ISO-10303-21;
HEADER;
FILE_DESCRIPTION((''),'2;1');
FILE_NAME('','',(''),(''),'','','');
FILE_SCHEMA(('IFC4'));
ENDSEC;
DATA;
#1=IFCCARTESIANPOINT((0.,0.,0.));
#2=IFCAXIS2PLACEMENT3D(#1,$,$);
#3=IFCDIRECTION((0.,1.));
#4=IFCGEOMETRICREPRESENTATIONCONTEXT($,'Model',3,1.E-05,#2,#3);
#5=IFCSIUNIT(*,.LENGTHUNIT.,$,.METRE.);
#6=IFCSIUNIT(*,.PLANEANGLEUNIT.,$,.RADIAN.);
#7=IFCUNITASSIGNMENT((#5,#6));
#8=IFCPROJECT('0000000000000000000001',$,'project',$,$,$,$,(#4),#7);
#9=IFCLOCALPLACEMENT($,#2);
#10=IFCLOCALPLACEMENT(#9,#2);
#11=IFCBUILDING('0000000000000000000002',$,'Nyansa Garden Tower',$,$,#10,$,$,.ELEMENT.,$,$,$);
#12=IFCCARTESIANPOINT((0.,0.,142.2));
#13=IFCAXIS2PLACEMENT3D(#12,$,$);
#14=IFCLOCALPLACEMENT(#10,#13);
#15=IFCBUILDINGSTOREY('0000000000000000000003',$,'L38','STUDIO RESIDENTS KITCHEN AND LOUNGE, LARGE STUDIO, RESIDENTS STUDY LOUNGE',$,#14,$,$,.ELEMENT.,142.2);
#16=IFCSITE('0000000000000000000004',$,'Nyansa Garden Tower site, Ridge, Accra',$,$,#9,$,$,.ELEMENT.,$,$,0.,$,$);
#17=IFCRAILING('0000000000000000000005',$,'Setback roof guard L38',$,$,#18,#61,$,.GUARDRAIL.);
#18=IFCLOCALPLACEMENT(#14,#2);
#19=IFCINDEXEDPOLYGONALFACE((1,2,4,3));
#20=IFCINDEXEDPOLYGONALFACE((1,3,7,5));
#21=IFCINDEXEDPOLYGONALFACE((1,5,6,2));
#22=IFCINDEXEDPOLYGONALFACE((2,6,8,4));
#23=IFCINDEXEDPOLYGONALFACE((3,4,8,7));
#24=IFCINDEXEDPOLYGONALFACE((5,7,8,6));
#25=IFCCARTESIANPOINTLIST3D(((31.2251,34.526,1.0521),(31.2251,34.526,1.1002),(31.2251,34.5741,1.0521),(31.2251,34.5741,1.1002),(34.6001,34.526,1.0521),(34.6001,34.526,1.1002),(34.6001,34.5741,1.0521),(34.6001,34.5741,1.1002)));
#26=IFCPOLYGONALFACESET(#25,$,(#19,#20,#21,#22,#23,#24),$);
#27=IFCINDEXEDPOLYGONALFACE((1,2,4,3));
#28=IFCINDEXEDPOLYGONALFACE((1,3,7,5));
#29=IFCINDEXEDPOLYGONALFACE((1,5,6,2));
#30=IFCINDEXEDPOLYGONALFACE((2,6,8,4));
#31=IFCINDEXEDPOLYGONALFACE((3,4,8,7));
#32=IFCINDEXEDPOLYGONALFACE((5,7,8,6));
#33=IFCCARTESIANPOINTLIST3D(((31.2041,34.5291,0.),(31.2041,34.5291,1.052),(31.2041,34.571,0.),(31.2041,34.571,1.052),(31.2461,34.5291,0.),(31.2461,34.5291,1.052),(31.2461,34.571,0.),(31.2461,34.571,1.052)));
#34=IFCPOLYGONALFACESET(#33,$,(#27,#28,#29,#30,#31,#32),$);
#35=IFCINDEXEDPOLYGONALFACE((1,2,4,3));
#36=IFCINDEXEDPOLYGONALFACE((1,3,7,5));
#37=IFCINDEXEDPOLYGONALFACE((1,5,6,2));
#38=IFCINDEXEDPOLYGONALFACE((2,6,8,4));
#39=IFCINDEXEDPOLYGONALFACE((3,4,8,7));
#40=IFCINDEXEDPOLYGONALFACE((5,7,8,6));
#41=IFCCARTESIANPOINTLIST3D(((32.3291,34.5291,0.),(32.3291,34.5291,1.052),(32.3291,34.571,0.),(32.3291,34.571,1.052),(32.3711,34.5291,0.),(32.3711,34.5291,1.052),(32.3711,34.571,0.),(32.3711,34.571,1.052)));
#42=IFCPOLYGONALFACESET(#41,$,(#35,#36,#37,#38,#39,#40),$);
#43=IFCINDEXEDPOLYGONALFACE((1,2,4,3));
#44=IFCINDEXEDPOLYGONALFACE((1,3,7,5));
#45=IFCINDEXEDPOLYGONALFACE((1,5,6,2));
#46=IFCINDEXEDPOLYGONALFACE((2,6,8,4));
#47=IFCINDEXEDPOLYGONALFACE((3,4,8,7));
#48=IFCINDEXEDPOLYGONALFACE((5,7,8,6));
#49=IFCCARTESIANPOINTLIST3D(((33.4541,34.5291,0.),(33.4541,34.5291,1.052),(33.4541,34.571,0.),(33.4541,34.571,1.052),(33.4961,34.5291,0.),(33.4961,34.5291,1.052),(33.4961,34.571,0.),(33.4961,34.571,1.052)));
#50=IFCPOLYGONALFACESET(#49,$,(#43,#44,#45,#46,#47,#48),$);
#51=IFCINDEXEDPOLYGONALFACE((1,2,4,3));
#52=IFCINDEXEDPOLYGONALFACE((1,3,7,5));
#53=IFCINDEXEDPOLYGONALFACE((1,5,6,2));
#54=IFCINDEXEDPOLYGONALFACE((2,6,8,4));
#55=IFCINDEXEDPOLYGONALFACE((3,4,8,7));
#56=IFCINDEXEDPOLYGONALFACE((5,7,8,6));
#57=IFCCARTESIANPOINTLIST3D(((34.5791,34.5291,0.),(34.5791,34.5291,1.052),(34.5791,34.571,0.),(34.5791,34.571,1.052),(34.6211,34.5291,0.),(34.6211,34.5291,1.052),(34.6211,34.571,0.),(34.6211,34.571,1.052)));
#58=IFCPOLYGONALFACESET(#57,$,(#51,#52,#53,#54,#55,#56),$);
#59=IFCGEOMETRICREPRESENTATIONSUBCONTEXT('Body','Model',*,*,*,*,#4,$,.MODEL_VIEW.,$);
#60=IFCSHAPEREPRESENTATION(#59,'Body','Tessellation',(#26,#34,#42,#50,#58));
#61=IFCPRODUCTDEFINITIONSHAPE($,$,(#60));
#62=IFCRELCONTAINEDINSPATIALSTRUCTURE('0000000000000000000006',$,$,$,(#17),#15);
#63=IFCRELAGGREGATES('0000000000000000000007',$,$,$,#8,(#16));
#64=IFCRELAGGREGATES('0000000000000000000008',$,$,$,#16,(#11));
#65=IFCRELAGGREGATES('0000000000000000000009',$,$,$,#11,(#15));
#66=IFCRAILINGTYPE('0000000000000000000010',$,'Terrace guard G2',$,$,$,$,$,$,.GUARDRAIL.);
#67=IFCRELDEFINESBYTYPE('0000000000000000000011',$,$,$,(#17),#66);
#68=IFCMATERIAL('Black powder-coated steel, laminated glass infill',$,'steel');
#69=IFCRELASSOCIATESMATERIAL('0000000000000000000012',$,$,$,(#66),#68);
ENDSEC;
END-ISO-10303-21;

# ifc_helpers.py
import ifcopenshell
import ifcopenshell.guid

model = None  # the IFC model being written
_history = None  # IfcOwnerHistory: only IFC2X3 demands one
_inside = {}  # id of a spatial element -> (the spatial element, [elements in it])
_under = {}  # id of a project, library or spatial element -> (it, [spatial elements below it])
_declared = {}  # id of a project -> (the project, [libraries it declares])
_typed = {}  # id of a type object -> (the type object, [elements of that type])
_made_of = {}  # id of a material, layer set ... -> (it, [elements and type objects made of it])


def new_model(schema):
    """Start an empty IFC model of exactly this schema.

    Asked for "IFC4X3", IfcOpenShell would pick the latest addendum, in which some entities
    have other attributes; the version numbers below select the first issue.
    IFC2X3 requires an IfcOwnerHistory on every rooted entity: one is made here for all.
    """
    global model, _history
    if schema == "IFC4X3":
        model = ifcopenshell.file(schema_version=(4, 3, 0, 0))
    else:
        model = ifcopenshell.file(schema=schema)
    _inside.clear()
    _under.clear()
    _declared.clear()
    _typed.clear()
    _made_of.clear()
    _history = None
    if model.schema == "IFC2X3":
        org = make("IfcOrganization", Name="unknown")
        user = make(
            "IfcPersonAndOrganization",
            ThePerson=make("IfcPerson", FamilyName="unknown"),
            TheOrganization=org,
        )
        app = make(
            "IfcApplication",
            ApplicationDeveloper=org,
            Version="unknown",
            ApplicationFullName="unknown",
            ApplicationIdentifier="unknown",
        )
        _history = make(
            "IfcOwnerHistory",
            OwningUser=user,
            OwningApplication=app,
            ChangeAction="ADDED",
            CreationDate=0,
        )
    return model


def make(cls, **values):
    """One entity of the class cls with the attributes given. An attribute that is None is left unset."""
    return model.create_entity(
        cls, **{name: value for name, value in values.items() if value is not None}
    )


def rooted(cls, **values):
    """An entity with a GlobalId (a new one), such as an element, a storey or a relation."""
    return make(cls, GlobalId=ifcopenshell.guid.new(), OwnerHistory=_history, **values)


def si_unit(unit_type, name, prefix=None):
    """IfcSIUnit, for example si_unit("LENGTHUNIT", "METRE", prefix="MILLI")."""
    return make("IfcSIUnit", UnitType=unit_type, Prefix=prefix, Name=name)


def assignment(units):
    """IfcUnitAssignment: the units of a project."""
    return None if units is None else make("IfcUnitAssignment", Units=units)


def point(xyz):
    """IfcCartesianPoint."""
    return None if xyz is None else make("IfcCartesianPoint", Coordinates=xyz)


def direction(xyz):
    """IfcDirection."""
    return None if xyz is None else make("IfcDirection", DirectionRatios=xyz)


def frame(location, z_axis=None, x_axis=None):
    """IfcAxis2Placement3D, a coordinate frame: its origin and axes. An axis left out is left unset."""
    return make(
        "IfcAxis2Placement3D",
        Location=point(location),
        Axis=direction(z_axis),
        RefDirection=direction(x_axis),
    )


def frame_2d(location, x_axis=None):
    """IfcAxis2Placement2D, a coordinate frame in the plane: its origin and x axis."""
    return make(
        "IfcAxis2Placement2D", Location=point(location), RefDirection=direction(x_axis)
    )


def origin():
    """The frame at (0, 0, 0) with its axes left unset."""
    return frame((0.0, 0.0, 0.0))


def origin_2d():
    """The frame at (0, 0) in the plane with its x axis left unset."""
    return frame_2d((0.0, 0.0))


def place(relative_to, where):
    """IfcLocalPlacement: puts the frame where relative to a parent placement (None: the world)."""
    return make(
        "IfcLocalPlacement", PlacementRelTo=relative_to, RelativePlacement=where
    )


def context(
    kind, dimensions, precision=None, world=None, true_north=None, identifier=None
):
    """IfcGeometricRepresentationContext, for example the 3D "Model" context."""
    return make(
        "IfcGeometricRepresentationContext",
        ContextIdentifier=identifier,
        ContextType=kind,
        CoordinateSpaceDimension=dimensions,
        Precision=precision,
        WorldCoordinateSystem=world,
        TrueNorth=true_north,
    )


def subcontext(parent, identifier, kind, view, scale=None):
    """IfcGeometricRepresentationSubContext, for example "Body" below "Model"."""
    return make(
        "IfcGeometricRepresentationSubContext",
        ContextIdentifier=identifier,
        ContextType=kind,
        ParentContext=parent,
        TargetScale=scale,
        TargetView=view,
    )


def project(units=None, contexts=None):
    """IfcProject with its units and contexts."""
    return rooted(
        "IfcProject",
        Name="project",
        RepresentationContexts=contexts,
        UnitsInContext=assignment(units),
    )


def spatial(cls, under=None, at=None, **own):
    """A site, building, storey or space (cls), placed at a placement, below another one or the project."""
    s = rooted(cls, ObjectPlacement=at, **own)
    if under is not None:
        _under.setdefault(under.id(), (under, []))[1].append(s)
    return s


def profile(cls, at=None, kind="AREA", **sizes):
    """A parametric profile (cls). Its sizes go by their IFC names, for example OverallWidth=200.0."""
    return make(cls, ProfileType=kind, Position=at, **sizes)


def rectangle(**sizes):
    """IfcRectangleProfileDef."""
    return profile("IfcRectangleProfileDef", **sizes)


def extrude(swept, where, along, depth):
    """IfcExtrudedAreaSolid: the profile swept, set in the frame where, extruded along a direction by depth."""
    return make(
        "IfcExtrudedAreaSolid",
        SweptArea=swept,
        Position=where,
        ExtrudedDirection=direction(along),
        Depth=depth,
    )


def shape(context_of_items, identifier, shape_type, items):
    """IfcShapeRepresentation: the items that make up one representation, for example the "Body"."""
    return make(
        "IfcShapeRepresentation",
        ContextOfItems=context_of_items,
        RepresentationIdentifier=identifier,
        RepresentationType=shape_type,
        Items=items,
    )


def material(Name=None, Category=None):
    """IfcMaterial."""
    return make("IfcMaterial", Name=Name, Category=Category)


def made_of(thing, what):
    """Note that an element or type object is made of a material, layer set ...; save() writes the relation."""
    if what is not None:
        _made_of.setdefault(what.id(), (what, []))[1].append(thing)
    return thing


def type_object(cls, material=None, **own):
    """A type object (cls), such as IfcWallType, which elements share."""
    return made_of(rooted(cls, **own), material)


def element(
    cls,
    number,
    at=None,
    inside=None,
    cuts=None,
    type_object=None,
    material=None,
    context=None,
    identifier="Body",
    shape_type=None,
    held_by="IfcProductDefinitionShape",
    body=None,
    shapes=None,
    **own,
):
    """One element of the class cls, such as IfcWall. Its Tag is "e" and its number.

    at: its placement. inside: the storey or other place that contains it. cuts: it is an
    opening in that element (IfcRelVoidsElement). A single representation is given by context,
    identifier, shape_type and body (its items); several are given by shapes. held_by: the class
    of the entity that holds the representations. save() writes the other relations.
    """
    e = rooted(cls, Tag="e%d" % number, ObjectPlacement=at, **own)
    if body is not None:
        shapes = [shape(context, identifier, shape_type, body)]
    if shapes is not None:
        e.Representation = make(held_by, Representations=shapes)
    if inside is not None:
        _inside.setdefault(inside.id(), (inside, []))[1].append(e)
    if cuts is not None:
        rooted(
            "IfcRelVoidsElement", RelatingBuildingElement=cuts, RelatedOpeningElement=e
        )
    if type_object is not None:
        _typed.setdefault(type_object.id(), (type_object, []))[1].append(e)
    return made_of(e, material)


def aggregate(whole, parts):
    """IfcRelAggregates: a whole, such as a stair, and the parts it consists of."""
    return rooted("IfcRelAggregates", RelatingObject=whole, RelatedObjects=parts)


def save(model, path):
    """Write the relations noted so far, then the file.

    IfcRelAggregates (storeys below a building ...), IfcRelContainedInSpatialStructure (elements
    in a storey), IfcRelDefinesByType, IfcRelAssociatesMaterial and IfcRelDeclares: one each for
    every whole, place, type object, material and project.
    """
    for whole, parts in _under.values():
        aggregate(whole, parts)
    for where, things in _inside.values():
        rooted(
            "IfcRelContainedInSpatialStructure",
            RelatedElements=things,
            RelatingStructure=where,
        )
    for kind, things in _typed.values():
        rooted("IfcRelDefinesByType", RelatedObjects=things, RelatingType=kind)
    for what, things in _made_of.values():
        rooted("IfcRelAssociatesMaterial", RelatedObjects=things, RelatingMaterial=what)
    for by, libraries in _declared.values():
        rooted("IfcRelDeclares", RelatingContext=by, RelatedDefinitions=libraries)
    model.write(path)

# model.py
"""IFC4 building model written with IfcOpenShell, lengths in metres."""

from ifc_helpers import new_model, si_unit, direction, frame, origin, origin_2d, place, context, subcontext, project, spatial, rectangle, extrude, material, type_object, element, save


model = new_model("IFC4")

# Units and contexts
model_context = context("Model", 3, precision=1e-05, world=origin(), true_north=direction((0.0, 1.0)))
body_context = subcontext(model_context, "Body", "Model", "MODEL_VIEW")
ifc_project = project(units=[si_unit("LENGTHUNIT", "METRE"), si_unit("PLANEANGLEUNIT", "RADIAN")], contexts=[model_context])

# Site, building, storey
site_placement = place(None, origin())
site = spatial("IfcSite", under=ifc_project, at=site_placement, Name="Nyansa Garden Tower site, Ridge, Accra", CompositionType="ELEMENT", RefElevation=0.0)
building_placement = place(site_placement, origin())
building = spatial("IfcBuilding", under=site, at=building_placement, Name="Nyansa Garden Tower", CompositionType="ELEMENT")
storey_placement = place(building_placement, frame((0.0, 0.0, 142.2)))
storey = spatial("IfcBuildingStorey", under=building, at=storey_placement, Name="L38", Description="STUDIO RESIDENTS KITCHEN AND LOUNGE, LARGE STUDIO, RESIDENTS STUDY LOUNGE", CompositionType="ELEMENT", Elevation=142.2)

# Railing
ifc_material_1 = material(Name="Black powder-coated steel, laminated glass infill", Category="steel")
railing_type = type_object("IfcRailingType", Name="Terrace guard G2", PredefinedType="GUARDRAIL", material=ifc_material_1)
for number, where, name in (
    (1, (31.2251, 34.55, 0.0), "Setback roof guard L38"),
):
    element("IfcRailing", number, at=place(storey_placement, frame(where)), inside=storey, type_object=railing_type, Name=name, PredefinedType="GUARDRAIL", context=body_context, shape_type="SweptSolid", body=[
        extrude(rectangle(XDim=0.0481, YDim=0.0481, at=origin_2d()), frame((0.0, 0.0, 1.0762), z_axis=(1.0, 0.0, 0.0), x_axis=(0.0, 1.0, 0.0)), (0.0, 0.0, 1.0), 3.375),
        extrude(rectangle(XDim=0.042, YDim=0.042, at=origin_2d()), origin(), (0.0, 0.0, 1.0), 1.052),
        extrude(rectangle(XDim=0.042, YDim=0.042, at=origin_2d()), frame((1.125, 0.0, 0.0)), (0.0, 0.0, 1.0), 1.052),
        extrude(rectangle(XDim=0.042, YDim=0.042, at=origin_2d()), frame((2.25, 0.0, 0.0)), (0.0, 0.0, 1.0), 1.052),
        extrude(rectangle(XDim=0.042, YDim=0.042, at=origin_2d()), frame((3.375, 0.0, 0.0)), (0.0, 0.0, 1.0), 1.052),
    ])

save(model, "model.ifc")
